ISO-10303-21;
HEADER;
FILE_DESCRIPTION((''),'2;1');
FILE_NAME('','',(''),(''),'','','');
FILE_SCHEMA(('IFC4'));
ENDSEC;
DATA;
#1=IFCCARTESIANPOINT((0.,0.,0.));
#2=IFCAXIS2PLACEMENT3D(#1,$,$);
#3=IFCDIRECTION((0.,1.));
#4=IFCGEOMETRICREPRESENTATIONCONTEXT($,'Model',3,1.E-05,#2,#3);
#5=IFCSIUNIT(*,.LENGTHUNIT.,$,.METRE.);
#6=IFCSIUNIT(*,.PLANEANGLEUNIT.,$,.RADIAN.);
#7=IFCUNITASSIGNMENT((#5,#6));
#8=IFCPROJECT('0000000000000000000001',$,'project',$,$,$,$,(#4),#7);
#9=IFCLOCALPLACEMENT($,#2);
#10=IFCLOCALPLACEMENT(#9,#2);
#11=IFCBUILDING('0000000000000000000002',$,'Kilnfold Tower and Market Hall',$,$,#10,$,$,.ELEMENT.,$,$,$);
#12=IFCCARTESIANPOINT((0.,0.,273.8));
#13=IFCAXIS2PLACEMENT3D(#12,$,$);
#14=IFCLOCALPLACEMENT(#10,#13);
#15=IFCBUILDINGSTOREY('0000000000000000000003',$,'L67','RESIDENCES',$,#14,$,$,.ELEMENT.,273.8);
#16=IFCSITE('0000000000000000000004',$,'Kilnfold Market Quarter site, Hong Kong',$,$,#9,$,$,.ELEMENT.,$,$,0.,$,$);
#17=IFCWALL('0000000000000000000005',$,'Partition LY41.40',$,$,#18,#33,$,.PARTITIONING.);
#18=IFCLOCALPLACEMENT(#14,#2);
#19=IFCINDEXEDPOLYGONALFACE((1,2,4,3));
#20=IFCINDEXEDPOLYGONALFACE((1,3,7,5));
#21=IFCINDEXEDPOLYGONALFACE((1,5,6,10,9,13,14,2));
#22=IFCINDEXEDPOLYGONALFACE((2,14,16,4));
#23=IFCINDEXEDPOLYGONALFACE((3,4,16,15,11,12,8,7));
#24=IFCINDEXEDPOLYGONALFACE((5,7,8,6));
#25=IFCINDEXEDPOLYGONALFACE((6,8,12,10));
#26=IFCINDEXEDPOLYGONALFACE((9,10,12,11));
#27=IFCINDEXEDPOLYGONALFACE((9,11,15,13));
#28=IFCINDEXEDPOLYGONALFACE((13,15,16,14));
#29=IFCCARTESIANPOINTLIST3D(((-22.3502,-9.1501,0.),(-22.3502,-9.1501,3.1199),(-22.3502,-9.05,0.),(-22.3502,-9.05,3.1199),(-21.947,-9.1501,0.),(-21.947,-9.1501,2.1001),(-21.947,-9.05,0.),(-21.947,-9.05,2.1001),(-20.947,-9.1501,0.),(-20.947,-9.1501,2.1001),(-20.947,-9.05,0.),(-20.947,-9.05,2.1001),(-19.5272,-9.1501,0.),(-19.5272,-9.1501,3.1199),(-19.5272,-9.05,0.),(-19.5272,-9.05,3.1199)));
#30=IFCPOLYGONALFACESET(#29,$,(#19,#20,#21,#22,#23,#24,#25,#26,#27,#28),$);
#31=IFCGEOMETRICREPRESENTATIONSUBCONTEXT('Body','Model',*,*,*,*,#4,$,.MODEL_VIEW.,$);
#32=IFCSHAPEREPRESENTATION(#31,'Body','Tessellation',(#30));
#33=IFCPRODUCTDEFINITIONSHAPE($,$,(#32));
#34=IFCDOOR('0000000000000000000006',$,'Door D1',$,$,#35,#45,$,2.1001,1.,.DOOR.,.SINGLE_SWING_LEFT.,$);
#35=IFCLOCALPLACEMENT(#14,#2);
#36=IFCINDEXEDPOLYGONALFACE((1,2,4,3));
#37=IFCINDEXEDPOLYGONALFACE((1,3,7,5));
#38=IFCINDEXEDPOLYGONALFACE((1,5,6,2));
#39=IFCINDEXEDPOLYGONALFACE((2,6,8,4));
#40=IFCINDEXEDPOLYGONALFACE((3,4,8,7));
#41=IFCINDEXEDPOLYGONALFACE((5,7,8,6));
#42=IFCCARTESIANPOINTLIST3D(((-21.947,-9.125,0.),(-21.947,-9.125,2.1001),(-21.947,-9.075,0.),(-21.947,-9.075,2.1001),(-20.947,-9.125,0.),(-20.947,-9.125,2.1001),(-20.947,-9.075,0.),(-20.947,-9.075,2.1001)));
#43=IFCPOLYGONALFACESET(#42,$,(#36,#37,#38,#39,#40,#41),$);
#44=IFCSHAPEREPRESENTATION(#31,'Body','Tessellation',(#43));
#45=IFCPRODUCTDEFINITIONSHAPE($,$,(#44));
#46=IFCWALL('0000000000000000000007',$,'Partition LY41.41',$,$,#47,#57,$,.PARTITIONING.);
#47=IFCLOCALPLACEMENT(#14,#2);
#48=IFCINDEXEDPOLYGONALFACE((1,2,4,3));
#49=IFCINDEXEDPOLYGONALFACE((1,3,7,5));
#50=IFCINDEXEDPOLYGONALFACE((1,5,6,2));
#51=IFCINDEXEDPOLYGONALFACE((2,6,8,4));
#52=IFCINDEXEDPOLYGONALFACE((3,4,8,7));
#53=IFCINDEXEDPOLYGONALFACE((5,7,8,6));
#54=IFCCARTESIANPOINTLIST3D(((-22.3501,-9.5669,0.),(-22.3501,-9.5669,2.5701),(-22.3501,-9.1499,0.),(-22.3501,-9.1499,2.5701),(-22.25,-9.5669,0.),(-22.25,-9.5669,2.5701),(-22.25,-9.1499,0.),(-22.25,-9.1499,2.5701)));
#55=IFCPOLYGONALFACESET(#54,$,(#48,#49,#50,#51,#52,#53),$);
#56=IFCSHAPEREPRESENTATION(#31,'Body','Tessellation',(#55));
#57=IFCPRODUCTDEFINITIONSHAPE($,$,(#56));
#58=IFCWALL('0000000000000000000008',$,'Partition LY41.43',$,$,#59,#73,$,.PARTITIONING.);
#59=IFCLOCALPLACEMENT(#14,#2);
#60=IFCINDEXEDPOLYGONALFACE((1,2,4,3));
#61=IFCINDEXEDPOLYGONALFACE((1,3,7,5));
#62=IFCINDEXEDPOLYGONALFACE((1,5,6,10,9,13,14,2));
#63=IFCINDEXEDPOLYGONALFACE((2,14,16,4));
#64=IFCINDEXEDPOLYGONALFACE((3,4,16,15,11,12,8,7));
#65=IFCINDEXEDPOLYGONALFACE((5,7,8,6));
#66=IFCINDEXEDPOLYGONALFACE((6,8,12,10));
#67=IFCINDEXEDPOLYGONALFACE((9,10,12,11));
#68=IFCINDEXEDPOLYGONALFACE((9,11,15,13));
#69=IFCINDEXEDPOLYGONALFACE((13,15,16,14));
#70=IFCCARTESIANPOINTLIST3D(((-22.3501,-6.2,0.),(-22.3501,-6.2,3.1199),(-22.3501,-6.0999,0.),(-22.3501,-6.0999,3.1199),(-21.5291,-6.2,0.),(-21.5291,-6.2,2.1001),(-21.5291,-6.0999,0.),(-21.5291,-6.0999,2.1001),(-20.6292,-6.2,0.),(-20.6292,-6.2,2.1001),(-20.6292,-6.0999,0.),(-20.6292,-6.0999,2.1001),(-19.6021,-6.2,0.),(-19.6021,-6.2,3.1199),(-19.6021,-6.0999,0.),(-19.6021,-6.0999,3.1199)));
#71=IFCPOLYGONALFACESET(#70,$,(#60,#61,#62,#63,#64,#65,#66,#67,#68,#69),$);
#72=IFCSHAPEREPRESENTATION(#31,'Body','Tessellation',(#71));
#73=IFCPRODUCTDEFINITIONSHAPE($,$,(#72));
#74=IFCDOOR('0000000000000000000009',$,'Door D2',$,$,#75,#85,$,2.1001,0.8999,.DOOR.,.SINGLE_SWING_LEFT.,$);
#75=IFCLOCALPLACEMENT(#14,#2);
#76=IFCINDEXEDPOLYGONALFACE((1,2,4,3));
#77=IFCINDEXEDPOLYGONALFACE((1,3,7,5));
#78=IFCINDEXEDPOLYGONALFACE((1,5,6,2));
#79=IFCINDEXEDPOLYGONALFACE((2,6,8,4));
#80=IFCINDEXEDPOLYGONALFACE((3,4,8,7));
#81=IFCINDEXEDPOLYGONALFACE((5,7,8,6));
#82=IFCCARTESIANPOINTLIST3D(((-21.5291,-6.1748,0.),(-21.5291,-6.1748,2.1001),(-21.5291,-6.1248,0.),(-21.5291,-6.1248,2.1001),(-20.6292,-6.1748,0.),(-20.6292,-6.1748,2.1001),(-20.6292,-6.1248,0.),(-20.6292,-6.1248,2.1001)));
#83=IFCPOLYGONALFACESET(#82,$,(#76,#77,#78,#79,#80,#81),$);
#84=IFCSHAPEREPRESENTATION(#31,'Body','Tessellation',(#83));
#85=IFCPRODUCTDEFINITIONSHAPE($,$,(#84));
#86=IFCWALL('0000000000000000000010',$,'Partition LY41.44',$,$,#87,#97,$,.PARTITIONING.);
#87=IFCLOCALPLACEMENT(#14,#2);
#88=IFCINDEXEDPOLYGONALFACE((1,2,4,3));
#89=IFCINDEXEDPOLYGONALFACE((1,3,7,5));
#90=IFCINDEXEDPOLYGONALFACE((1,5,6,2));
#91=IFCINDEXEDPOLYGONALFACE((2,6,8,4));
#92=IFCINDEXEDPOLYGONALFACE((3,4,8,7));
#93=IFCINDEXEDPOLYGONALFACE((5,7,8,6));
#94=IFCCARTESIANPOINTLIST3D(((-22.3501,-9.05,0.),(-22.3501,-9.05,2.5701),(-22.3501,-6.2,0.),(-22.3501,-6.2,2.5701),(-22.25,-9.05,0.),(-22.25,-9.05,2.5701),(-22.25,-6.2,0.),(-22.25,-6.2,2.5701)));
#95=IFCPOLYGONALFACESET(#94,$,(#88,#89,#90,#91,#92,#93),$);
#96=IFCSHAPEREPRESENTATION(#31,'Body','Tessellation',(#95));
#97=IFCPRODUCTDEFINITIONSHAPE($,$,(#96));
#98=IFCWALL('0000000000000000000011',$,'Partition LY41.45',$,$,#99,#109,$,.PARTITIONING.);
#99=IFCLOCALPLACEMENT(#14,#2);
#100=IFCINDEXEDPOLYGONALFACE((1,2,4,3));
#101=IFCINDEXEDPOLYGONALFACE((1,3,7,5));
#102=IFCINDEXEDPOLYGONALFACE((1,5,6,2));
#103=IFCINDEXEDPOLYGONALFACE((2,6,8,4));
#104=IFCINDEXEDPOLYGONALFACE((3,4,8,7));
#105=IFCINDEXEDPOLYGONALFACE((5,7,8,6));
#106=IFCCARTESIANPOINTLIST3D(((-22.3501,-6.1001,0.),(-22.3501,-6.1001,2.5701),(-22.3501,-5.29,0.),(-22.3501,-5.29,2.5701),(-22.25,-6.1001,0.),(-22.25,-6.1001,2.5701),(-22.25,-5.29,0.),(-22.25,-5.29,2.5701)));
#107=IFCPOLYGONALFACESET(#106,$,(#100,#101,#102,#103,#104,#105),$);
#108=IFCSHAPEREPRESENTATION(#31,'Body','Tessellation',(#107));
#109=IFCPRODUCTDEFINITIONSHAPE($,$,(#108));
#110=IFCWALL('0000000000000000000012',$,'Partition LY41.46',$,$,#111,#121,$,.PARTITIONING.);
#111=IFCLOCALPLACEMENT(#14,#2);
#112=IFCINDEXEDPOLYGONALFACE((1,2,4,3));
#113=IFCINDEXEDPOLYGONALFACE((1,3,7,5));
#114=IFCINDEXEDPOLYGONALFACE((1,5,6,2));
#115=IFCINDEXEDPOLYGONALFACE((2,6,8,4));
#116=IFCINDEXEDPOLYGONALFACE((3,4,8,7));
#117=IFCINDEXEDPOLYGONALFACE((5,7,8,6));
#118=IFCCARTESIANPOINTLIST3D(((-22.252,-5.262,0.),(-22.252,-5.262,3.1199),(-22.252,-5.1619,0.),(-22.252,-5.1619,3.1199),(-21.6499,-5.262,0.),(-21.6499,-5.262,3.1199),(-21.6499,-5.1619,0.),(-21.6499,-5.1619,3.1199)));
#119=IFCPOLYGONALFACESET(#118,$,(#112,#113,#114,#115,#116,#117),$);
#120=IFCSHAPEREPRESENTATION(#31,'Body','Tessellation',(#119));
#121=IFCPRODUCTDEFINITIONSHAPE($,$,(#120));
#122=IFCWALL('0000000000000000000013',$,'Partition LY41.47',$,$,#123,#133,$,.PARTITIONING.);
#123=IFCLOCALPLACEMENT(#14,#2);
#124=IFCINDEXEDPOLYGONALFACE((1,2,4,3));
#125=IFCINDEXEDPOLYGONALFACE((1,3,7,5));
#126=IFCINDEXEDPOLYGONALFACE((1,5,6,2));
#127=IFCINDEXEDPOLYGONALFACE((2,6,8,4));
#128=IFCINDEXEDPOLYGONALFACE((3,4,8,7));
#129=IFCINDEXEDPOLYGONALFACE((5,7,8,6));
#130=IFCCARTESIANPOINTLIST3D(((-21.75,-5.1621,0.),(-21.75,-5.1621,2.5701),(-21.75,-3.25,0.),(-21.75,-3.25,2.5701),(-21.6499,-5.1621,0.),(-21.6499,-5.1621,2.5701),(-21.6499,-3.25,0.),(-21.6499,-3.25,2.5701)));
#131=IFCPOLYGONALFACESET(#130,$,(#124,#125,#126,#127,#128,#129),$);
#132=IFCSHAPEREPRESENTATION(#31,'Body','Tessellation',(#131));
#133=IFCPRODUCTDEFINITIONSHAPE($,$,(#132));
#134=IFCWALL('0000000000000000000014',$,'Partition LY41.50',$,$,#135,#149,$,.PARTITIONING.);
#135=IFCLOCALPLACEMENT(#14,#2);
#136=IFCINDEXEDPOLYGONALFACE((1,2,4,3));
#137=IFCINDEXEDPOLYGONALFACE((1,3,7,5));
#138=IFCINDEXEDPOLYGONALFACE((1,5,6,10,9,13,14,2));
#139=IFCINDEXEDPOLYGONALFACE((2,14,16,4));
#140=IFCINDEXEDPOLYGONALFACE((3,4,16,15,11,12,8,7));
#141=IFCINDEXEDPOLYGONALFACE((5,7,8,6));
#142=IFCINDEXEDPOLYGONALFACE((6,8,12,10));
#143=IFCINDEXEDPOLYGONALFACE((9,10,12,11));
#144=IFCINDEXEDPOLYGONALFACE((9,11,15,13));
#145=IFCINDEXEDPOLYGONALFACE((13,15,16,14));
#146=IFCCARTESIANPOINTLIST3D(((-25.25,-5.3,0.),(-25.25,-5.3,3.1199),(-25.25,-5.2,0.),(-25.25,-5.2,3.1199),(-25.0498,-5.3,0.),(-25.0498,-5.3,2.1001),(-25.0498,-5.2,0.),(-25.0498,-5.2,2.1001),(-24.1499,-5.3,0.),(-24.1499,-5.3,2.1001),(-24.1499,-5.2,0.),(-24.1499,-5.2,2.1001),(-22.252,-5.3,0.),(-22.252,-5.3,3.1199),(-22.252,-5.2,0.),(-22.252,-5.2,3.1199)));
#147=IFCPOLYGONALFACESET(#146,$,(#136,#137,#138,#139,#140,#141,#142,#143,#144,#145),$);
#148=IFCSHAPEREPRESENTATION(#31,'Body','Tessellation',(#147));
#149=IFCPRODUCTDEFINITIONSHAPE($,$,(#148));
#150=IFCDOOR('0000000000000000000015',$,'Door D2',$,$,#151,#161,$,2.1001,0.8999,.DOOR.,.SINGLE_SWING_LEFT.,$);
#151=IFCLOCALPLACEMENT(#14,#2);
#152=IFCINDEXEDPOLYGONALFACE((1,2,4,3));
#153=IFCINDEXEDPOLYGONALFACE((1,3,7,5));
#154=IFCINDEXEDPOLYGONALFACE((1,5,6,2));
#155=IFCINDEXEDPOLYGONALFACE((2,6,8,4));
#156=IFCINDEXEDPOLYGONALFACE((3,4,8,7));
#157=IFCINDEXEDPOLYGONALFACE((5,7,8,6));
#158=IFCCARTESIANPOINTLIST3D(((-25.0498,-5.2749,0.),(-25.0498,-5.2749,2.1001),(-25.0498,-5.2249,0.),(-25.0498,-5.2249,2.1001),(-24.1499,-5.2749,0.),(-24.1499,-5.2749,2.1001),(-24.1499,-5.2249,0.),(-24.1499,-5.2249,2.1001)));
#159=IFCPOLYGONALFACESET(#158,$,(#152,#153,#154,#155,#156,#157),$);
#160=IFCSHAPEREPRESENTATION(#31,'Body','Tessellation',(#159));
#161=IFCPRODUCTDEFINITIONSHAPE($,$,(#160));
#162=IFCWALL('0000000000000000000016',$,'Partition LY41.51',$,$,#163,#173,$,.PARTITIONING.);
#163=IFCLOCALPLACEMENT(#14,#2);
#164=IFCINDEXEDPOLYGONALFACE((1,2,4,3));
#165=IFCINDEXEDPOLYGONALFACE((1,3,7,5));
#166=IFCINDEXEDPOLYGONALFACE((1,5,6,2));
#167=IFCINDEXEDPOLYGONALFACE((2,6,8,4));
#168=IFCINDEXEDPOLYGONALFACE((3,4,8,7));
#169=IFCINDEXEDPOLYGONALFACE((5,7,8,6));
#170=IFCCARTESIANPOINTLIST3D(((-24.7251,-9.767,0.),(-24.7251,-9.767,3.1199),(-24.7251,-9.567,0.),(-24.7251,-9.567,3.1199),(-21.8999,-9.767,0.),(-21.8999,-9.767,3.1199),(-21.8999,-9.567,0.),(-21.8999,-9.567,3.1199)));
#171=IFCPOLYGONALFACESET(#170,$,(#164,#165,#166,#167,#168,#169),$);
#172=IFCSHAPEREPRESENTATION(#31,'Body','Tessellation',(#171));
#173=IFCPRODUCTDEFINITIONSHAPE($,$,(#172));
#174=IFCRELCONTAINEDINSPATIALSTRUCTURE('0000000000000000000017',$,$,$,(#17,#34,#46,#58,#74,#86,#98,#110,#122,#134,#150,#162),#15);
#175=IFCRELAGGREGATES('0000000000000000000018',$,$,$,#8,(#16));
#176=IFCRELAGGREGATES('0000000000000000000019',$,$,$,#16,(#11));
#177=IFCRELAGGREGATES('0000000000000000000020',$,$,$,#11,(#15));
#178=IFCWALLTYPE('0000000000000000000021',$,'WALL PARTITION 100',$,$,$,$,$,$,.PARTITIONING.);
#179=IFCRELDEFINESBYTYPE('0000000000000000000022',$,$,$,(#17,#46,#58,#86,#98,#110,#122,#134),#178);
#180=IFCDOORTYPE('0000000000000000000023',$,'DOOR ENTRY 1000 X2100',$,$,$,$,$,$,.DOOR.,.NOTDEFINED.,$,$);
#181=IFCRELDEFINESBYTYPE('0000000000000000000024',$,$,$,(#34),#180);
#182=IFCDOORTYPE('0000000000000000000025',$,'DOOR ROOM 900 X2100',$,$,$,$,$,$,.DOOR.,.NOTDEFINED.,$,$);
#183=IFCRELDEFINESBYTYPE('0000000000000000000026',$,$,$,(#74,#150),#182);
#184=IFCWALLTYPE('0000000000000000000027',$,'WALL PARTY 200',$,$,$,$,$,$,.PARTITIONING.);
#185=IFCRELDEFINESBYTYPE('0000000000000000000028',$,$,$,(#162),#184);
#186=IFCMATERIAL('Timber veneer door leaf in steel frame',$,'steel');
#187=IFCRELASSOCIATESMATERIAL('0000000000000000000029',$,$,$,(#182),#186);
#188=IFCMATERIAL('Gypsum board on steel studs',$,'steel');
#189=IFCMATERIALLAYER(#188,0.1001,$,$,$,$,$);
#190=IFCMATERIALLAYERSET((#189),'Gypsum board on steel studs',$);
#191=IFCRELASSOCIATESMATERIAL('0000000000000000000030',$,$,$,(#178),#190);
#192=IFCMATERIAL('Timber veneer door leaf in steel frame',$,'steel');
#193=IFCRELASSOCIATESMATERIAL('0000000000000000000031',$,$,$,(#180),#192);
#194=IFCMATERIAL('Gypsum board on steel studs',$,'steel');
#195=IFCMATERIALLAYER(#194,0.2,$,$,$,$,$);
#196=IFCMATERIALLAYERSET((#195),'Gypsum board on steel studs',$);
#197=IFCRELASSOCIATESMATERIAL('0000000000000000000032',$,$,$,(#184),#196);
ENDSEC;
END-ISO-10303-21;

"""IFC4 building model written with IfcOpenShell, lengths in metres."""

from ifc_helpers import new_model, si_unit, direction, frame, frame_2d, origin, place, context, subcontext, project, spatial, rectangle, extrude, material, layer, layer_set, type_object, element, fill, save


model = new_model("IFC4")

# Units and contexts
model_context = context("Model", 3, precision=1e-05, world=origin(), true_north=direction((0.0, 1.0)))
body_context = subcontext(model_context, "Body", "Model", "MODEL_VIEW")
ifc_project = project(units=[si_unit("LENGTHUNIT", "METRE"), si_unit("PLANEANGLEUNIT", "RADIAN")], contexts=[model_context])

# Site, building, storey
site_placement = place(None, origin())
site = spatial("IfcSite", under=ifc_project, at=site_placement, Name="Kilnfold Market Quarter site, Hong Kong", CompositionType="ELEMENT", RefElevation=0.0)
building_placement = place(site_placement, origin())
building = spatial("IfcBuilding", under=site, at=building_placement, Name="Kilnfold Tower and Market Hall", CompositionType="ELEMENT")
storey_placement = place(building_placement, frame((0.0, 0.0, 273.8)))
storey = spatial("IfcBuildingStorey", under=building, at=storey_placement, Name="L67", Description="RESIDENCES", CompositionType="ELEMENT", Elevation=273.8)

# Shared definitions
ifc_material_1 = material(Name="Timber veneer door leaf in steel frame", Category="steel")
door_type_1 = type_object("IfcDoorType", Name="DOOR ROOM 900 X2100", OperationType="NOTDEFINED", PredefinedType="DOOR", material=ifc_material_1)

# Wall, opening, door
ifc_material_2 = material(Name="Gypsum board on steel studs", Category="steel")
ifc_layer_1 = layer(ifc_material_2, 0.1001)
ifc_layer_set_1 = layer_set([ifc_layer_1], Name="Gypsum board on steel studs")
wall_type_1 = type_object("IfcWallType", Name="WALL PARTITION 100", PredefinedType="PARTITIONING", material=ifc_layer_set_1)
wall_1_placement = place(storey_placement, frame((-19.5271, -9.1001, 0.0), z_axis=(0.0, 0.0, 1.0), x_axis=(-1.0, 0.0, 0.0)))
wall_1 = element("IfcWall", 1, at=wall_1_placement, inside=storey, type_object=wall_type_1, Name="Partition LY41.40", PredefinedType="PARTITIONING", context=body_context, shape_type="SweptSolid", body=[
    extrude(rectangle(XDim=2.823, YDim=0.1001, at=frame_2d((1.4116, 0.0))), origin(), (0.0, 0.0, 1.0), 3.1199),
])
opening_1_placement = place(wall_1_placement, frame((1.4199, 0.0, 0.0)))
opening_1 = element("IfcOpeningElement", 2, at=opening_1_placement, cuts=wall_1, PredefinedType="OPENING", context=body_context, shape_type="SweptSolid", body=[
    extrude(rectangle(XDim=1.0, YDim=2.1001, at=frame_2d((0.5, 1.05))), frame((0.0, 0.0601, 0.0), z_axis=(0.0, -1.0, 0.0), x_axis=(1.0, 0.0, 0.0)), (0.0, 0.0, 1.0), 0.1201),
])
ifc_material_3 = material(Name="Timber veneer door leaf in steel frame", Category="steel")
door_type_2 = type_object("IfcDoorType", Name="DOOR ENTRY 1000 X2100", OperationType="NOTDEFINED", PredefinedType="DOOR", material=ifc_material_3)
door_1_placement = place(opening_1_placement, origin())
door_1 = element("IfcDoor", 3, at=door_1_placement, inside=storey, type_object=door_type_2, Name="Door D1", OperationType="SINGLE_SWING_LEFT", OverallHeight=2.1001, OverallWidth=1.0, PredefinedType="DOOR", context=body_context, shape_type="SweptSolid", body=[
    extrude(rectangle(XDim=1.0, YDim=2.1001, at=frame_2d((0.5, 1.05))), frame((0.0, 0.0249, 0.0), z_axis=(0.0, -1.0, 0.0), x_axis=(1.0, 0.0, 0.0)), (0.0, 0.0, 1.0), 0.05),
])
fill(opening_1, door_1)

# Wall
wall_2_placement = place(storey_placement, frame((-22.3, -9.5669, 0.0), z_axis=(0.0, 0.0, 1.0), x_axis=(0.0, 1.0, 0.0)))
element("IfcWall", 4, at=wall_2_placement, inside=storey, type_object=wall_type_1, Name="Partition LY41.41", PredefinedType="PARTITIONING", context=body_context, shape_type="SweptSolid", body=[
    extrude(rectangle(XDim=0.417, YDim=0.1001, at=frame_2d((0.2085, 0.0))), origin(), (0.0, 0.0, 1.0), 2.5701),
])

# Wall, opening, door
wall_3_placement = place(storey_placement, frame((-19.6021, -6.1499, 0.0), z_axis=(0.0, 0.0, 1.0), x_axis=(-1.0, 0.0, 0.0)))
wall_3 = element("IfcWall", 5, at=wall_3_placement, inside=storey, type_object=wall_type_1, Name="Partition LY41.43", PredefinedType="PARTITIONING", context=body_context, shape_type="SweptSolid", body=[
    extrude(rectangle(XDim=2.748, YDim=0.1001, at=frame_2d((1.374, 0.0))), origin(), (0.0, 0.0, 1.0), 3.1199),
])
opening_2_placement = place(wall_3_placement, frame((1.0271, 0.0, 0.0)))
opening_2 = element("IfcOpeningElement", 6, at=opening_2_placement, cuts=wall_3, PredefinedType="OPENING", context=body_context, shape_type="SweptSolid", body=[
    extrude(rectangle(XDim=0.8999, YDim=2.1001, at=frame_2d((0.45, 1.05))), frame((0.0, 0.0601, 0.0), z_axis=(0.0, -1.0, 0.0), x_axis=(1.0, 0.0, 0.0)), (0.0, 0.0, 1.0), 0.1201),
])
door_2_placement = place(opening_2_placement, origin())
door_2 = element("IfcDoor", 7, at=door_2_placement, inside=storey, type_object=door_type_1, Name="Door D2", OperationType="SINGLE_SWING_LEFT", OverallHeight=2.1001, OverallWidth=0.8999, PredefinedType="DOOR", context=body_context, shape_type="SweptSolid", body=[
    extrude(rectangle(XDim=0.8999, YDim=2.1001, at=frame_2d((0.45, 1.05))), frame((0.0, 0.0249, 0.0), z_axis=(0.0, -1.0, 0.0), x_axis=(1.0, 0.0, 0.0)), (0.0, 0.0, 1.0), 0.05),
])
fill(opening_2, door_2)

# Walls
wall_4_placement = place(storey_placement, frame((-22.3, -9.05, 0.0), z_axis=(0.0, 0.0, 1.0), x_axis=(0.0, 1.0, 0.0)))
element("IfcWall", 8, at=wall_4_placement, inside=storey, type_object=wall_type_1, Name="Partition LY41.44", PredefinedType="PARTITIONING", context=body_context, shape_type="SweptSolid", body=[
    extrude(rectangle(XDim=2.8501, YDim=0.1001, at=frame_2d((1.425, 0.0))), origin(), (0.0, 0.0, 1.0), 2.5701),
])
wall_5_placement = place(storey_placement, frame((-22.3, -6.1001, 0.0), z_axis=(0.0, 0.0, 1.0), x_axis=(0.0, 1.0, 0.0)))
element("IfcWall", 9, at=wall_5_placement, inside=storey, type_object=wall_type_1, Name="Partition LY41.45", PredefinedType="PARTITIONING", context=body_context, shape_type="SweptSolid", body=[
    extrude(rectangle(XDim=0.8101, YDim=0.1001, at=frame_2d((0.405, 0.0))), origin(), (0.0, 0.0, 1.0), 2.5701),
])
wall_6_placement = place(storey_placement, frame((-21.6499, -5.2119, 0.0), z_axis=(0.0, 0.0, 1.0), x_axis=(-1.0, 0.0, 0.0)))
element("IfcWall", 10, at=wall_6_placement, inside=storey, type_object=wall_type_1, Name="Partition LY41.46", PredefinedType="PARTITIONING", context=body_context, shape_type="SweptSolid", body=[
    extrude(rectangle(XDim=0.6021, YDim=0.1001, at=frame_2d((0.301, 0.0))), origin(), (0.0, 0.0, 1.0), 3.1199),
])
wall_7_placement = place(storey_placement, frame((-21.7, -5.1621, 0.0), z_axis=(0.0, 0.0, 1.0), x_axis=(0.0, 1.0, 0.0)))
element("IfcWall", 11, at=wall_7_placement, inside=storey, type_object=wall_type_1, Name="Partition LY41.47", PredefinedType="PARTITIONING", context=body_context, shape_type="SweptSolid", body=[
    extrude(rectangle(XDim=1.9121, YDim=0.1001, at=frame_2d((0.9561, 0.0))), origin(), (0.0, 0.0, 1.0), 2.5701),
])

# Wall, opening, door
wall_8_placement = place(storey_placement, frame((-22.252, -5.25, 0.0), z_axis=(0.0, 0.0, 1.0), x_axis=(-1.0, 0.0, 0.0)))
wall_8 = element("IfcWall", 12, at=wall_8_placement, inside=storey, type_object=wall_type_1, Name="Partition LY41.50", PredefinedType="PARTITIONING", context=body_context, shape_type="SweptSolid", body=[
    extrude(rectangle(XDim=2.998, YDim=0.1001, at=frame_2d((1.499, 0.0))), origin(), (0.0, 0.0, 1.0), 3.1199),
])
opening_3_placement = place(wall_8_placement, frame((1.8979, 0.0, 0.0)))
opening_3 = element("IfcOpeningElement", 13, at=opening_3_placement, cuts=wall_8, PredefinedType="OPENING", context=body_context, shape_type="SweptSolid", body=[
    extrude(rectangle(XDim=0.8999, YDim=2.1001, at=frame_2d((0.45, 1.05))), frame((0.0, 0.0601, 0.0), z_axis=(0.0, -1.0, 0.0), x_axis=(1.0, 0.0, 0.0)), (0.0, 0.0, 1.0), 0.1201),
])
door_3_placement = place(opening_3_placement, origin())
door_3 = element("IfcDoor", 14, at=door_3_placement, inside=storey, type_object=door_type_1, Name="Door D2", OperationType="SINGLE_SWING_LEFT", OverallHeight=2.1001, OverallWidth=0.8999, PredefinedType="DOOR", context=body_context, shape_type="SweptSolid", body=[
    extrude(rectangle(XDim=0.8999, YDim=2.1001, at=frame_2d((0.45, 1.05))), frame((0.0, 0.0249, 0.0), z_axis=(0.0, -1.0, 0.0), x_axis=(1.0, 0.0, 0.0)), (0.0, 0.0, 1.0), 0.05),
])
fill(opening_3, door_3)

# Wall
ifc_material_4 = material(Name="Gypsum board on steel studs", Category="steel")
ifc_layer_2 = layer(ifc_material_4, 0.2)
ifc_layer_set_2 = layer_set([ifc_layer_2], Name="Gypsum board on steel studs")
wall_type_2 = type_object("IfcWallType", Name="WALL PARTY 200", PredefinedType="PARTITIONING", material=ifc_layer_set_2)
wall_9_placement = place(storey_placement, frame((-24.7251, -9.667, 0.0), z_axis=(0.0, 0.0, 1.0), x_axis=(1.0, 0.0, 0.0)))
element("IfcWall", 15, at=wall_9_placement, inside=storey, type_object=wall_type_2, Name="Partition LY41.51", PredefinedType="PARTITIONING", context=body_context, shape_type="SweptSolid", body=[
    extrude(rectangle(XDim=2.8252, YDim=0.2, at=frame_2d((1.4126, 0.0))), origin(), (0.0, 0.0, 1.0), 3.1199),
])

save(model, "model.ifc")
